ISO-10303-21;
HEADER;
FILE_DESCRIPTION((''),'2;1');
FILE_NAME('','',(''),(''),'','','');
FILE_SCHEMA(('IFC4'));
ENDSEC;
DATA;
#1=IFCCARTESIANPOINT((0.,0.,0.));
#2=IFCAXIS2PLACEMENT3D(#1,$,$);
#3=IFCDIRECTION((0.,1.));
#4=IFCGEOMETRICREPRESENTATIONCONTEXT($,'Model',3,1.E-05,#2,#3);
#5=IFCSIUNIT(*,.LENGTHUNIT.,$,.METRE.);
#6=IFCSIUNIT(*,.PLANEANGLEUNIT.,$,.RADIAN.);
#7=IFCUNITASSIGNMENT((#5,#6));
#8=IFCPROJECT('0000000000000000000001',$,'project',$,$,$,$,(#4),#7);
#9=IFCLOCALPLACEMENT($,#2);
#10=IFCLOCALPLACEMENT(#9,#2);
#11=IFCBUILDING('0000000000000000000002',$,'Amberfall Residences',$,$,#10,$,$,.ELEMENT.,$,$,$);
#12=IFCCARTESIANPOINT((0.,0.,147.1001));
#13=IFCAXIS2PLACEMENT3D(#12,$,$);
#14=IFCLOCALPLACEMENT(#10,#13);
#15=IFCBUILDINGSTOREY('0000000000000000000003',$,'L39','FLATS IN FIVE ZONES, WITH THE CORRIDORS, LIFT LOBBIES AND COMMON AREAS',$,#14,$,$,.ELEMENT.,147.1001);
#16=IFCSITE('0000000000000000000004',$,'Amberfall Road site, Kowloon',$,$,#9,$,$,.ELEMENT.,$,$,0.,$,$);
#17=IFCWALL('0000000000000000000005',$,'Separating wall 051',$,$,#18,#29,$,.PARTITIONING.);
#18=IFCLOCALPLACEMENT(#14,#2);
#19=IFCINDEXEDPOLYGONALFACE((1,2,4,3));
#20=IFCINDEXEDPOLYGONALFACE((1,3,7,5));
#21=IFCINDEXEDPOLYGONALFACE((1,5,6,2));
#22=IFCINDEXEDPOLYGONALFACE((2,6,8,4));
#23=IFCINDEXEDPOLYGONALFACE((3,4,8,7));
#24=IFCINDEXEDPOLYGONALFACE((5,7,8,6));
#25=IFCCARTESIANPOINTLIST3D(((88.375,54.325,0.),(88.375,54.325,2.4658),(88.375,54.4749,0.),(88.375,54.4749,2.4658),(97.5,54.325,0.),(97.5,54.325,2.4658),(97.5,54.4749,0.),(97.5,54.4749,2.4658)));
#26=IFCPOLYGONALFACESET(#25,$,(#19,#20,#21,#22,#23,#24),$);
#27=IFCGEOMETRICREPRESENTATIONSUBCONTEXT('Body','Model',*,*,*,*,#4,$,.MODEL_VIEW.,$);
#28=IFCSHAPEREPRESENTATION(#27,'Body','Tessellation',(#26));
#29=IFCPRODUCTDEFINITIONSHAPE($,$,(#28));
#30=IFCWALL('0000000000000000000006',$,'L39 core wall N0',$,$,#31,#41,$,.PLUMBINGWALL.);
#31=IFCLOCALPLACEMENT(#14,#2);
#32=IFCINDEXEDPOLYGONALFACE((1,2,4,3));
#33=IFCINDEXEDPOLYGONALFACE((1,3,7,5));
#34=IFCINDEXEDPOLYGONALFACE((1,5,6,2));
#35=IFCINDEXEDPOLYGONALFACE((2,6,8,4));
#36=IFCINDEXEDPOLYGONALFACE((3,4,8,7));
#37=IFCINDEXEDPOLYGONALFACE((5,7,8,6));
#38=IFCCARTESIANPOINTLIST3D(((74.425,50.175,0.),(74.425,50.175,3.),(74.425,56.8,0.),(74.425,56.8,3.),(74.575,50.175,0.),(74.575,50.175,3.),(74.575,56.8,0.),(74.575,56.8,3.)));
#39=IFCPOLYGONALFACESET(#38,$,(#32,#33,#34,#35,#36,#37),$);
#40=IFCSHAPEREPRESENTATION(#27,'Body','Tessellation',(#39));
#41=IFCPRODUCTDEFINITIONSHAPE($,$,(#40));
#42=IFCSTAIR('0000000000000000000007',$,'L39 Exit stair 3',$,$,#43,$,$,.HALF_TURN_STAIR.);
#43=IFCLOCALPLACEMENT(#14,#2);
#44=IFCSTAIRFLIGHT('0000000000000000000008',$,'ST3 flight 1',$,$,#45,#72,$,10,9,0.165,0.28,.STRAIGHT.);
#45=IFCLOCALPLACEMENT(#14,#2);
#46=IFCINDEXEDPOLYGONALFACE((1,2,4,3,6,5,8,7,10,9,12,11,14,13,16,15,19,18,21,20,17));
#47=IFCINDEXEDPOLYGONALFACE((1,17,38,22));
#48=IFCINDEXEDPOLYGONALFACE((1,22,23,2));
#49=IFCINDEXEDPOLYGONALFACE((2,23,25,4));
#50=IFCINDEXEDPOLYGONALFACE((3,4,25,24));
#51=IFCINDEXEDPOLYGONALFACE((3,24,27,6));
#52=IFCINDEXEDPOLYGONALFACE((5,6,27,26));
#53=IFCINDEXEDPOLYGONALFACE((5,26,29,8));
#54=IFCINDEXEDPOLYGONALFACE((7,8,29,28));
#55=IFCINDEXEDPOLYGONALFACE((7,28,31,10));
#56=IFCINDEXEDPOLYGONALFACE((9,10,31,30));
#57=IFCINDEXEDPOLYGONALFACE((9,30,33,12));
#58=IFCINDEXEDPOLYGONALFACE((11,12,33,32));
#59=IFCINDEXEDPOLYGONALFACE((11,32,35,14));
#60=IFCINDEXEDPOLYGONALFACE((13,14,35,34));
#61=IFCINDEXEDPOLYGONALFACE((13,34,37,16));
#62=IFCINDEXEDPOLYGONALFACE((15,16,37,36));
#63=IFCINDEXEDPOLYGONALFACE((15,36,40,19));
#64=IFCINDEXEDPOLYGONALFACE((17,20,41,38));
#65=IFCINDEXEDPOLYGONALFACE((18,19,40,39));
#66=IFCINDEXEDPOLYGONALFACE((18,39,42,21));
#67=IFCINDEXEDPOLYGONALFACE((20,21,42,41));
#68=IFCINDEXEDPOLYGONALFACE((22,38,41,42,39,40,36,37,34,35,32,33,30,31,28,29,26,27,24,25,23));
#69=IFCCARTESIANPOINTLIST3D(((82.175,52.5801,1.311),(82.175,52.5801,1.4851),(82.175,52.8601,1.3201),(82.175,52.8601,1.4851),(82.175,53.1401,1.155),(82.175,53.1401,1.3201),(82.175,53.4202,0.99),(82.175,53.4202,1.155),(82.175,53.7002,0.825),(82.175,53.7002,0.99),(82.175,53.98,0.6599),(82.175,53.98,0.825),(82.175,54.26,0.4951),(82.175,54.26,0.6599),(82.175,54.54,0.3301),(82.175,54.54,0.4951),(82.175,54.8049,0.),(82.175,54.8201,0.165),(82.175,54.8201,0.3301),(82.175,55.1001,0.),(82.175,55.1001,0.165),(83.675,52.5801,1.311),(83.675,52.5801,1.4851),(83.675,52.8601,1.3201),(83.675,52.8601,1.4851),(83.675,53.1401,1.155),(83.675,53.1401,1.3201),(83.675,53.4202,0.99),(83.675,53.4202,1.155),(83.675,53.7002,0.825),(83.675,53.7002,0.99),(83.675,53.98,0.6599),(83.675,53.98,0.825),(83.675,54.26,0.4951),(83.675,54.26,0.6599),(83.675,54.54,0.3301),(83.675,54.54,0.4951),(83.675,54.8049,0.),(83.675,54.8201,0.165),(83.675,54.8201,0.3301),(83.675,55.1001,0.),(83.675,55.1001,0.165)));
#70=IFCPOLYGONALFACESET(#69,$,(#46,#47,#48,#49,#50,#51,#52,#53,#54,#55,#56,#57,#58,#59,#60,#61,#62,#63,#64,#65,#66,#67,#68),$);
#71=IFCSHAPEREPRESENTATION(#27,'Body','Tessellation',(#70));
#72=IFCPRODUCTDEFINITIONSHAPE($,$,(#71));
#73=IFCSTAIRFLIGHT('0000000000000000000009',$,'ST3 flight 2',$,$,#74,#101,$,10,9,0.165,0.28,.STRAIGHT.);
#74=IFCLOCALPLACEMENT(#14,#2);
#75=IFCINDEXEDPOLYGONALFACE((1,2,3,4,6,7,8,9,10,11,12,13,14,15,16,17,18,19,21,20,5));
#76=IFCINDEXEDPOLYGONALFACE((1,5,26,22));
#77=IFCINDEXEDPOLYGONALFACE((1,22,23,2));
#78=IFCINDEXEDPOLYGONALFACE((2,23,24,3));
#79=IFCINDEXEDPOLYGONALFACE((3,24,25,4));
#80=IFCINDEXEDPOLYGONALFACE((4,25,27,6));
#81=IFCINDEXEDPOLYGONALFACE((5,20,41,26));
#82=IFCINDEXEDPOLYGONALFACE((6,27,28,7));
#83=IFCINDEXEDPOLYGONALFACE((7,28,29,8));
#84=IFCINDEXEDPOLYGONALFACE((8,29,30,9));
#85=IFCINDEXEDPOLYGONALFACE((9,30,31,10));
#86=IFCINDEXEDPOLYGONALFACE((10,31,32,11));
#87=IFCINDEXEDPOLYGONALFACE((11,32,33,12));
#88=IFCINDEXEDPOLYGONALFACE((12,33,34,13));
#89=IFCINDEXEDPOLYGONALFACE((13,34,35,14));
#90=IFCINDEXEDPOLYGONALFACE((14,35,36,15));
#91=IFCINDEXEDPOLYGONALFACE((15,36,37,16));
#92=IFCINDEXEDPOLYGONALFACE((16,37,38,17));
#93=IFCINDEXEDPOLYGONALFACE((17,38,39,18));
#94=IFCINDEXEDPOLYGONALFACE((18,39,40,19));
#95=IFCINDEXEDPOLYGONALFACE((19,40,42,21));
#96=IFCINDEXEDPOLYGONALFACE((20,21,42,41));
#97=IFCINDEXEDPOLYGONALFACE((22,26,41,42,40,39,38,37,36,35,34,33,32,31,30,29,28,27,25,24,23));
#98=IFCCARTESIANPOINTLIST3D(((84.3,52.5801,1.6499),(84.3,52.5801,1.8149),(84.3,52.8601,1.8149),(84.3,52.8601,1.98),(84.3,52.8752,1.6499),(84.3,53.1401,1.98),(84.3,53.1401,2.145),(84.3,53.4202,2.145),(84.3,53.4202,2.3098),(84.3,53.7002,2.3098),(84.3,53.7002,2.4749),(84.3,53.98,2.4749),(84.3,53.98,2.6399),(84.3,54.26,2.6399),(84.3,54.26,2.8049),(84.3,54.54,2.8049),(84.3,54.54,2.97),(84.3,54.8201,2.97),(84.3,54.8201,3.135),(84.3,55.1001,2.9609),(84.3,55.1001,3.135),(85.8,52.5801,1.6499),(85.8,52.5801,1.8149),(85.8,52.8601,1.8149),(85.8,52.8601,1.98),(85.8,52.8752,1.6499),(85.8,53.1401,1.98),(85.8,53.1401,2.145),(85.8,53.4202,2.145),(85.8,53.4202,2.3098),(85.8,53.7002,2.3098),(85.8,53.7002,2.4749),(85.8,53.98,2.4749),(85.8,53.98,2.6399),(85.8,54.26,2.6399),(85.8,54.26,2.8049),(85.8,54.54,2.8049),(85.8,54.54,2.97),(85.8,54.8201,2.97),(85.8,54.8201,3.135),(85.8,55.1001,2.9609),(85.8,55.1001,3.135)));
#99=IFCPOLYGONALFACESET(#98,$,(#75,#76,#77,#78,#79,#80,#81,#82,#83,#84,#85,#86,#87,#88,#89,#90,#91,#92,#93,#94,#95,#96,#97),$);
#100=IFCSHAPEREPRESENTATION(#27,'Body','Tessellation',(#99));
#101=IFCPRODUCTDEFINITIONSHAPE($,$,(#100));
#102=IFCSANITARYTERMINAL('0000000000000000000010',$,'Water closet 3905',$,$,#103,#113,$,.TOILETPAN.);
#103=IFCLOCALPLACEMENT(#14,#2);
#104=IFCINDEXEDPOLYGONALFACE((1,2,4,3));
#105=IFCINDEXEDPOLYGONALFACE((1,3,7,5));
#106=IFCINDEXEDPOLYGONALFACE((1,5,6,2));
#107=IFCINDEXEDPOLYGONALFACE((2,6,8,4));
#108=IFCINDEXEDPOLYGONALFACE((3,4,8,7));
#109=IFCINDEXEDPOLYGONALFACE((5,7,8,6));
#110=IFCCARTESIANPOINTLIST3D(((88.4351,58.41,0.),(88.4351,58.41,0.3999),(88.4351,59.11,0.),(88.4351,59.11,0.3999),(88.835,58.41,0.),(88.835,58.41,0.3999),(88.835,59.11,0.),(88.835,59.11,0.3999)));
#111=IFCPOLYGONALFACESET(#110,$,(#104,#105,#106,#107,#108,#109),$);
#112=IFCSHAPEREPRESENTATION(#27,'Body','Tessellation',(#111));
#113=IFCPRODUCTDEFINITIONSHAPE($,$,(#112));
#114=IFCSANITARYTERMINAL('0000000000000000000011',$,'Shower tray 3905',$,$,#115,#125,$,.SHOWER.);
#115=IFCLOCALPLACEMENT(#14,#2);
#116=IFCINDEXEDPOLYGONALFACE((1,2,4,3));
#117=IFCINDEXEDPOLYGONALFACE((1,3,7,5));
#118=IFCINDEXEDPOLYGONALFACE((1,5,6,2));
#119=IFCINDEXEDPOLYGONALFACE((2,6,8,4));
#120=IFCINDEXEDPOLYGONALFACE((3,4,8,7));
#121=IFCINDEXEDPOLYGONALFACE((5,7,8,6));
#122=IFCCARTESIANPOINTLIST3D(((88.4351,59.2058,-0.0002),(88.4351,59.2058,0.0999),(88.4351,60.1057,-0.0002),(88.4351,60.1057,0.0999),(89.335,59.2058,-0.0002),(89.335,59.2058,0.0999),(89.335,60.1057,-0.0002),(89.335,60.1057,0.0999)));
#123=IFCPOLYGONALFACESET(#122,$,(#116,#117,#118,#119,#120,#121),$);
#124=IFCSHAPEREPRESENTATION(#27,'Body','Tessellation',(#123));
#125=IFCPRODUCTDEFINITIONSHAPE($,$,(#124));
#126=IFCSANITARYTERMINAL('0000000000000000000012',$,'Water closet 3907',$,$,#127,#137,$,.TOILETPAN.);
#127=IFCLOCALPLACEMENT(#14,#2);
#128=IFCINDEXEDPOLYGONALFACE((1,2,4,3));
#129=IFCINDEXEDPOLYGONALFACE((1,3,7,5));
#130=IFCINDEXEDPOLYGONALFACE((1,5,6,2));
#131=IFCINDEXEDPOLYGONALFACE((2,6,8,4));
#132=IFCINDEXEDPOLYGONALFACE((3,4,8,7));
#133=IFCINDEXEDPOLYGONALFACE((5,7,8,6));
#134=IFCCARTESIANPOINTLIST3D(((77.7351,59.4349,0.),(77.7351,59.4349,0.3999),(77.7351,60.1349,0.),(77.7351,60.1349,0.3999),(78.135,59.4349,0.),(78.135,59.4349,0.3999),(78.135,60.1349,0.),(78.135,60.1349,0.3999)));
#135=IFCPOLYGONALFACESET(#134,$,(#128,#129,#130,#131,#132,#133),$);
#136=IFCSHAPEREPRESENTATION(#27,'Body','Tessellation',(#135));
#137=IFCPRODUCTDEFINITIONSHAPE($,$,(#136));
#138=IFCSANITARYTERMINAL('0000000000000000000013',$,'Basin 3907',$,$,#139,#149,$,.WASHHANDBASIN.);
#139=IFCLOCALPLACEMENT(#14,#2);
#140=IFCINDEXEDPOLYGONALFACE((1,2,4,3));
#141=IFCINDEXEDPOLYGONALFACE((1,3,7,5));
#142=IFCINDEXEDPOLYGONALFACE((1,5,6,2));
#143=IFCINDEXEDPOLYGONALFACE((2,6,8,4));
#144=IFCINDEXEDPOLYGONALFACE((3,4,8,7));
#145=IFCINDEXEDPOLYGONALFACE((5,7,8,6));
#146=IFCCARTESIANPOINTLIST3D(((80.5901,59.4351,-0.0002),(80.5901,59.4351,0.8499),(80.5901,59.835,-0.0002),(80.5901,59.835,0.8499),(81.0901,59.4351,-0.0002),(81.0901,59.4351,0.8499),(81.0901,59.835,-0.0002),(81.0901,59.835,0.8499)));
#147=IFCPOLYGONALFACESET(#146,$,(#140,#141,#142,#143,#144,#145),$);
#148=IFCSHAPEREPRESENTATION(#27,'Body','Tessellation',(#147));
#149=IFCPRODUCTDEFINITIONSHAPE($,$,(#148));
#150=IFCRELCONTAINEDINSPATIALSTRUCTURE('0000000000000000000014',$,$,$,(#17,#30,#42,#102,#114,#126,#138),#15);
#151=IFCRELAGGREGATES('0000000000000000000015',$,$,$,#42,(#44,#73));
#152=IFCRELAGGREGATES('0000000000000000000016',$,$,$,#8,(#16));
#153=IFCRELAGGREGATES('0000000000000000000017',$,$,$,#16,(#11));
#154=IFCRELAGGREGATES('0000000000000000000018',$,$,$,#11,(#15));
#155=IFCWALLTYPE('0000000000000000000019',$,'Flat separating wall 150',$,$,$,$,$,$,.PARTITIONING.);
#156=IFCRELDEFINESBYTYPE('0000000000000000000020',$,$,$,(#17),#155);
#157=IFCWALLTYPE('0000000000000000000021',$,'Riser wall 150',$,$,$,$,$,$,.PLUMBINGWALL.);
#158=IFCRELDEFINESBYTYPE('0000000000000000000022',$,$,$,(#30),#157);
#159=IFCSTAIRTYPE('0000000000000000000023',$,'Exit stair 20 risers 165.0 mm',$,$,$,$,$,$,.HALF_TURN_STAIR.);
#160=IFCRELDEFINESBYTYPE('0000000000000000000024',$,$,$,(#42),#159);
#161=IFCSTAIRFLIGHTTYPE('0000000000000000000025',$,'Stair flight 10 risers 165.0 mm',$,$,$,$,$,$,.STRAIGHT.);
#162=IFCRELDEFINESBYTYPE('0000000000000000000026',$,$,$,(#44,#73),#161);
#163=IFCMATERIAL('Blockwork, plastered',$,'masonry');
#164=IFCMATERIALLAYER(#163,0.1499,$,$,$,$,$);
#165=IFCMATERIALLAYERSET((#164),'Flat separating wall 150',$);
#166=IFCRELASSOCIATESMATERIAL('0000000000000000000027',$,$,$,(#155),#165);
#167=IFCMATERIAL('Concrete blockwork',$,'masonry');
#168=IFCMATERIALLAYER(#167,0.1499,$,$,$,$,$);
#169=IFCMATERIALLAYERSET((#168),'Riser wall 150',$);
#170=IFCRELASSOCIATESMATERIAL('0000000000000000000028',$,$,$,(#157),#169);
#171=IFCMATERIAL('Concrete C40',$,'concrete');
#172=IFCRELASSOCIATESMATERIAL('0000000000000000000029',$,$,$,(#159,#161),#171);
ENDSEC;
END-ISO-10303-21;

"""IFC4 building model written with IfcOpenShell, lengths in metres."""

from ifc_helpers import new_model, si_unit, direction, frame, frame_2d, origin, origin_2d, place, context, subcontext, project, spatial, polyline, rectangle, outline, extrude, material, layer, layer_set, type_object, element, aggregate, save


model = new_model("IFC4")

# Units and contexts
model_context = context("Model", 3, precision=1e-05, world=origin(), true_north=direction((0.0, 1.0)))
body_context = subcontext(model_context, "Body", "Model", "MODEL_VIEW")
ifc_project = project(units=[si_unit("LENGTHUNIT", "METRE"), si_unit("PLANEANGLEUNIT", "RADIAN")], contexts=[model_context])

# Site, building, storey
site_placement = place(None, origin())
site = spatial("IfcSite", under=ifc_project, at=site_placement, Name="Amberfall Road site, Kowloon", CompositionType="ELEMENT", RefElevation=0.0)
building_placement = place(site_placement, origin())
building = spatial("IfcBuilding", under=site, at=building_placement, Name="Amberfall Residences", CompositionType="ELEMENT")
storey_placement = place(building_placement, frame((0.0, 0.0, 147.1001)))
storey = spatial("IfcBuildingStorey", under=building, at=storey_placement, Name="L39", Description="FLATS IN FIVE ZONES, WITH THE CORRIDORS, LIFT LOBBIES AND COMMON AREAS", CompositionType="ELEMENT", Elevation=147.1001)

# Walls
ifc_material_1 = material(Name="Blockwork, plastered", Category="masonry")
ifc_layer_1 = layer(ifc_material_1, 0.1499)
ifc_layer_set_1 = layer_set([ifc_layer_1], Name="Flat separating wall 150")
wall_type_1 = type_object("IfcWallType", Name="Flat separating wall 150", PredefinedType="PARTITIONING", material=ifc_layer_set_1)
wall_1_placement = place(storey_placement, frame((88.375, 54.3999, 0.0), z_axis=(0.0, 0.0, 1.0), x_axis=(1.0, 0.0, 0.0)))
element("IfcWall", 1, at=wall_1_placement, inside=storey, type_object=wall_type_1, Name="Separating wall 051", PredefinedType="PARTITIONING", context=body_context, shape_type="SweptSolid", body=[
    extrude(rectangle(XDim=9.125, YDim=0.1499, at=frame_2d((4.5625, 0.0))), origin(), (0.0, 0.0, 1.0), 2.4658),
])
ifc_material_2 = material(Name="Concrete blockwork", Category="masonry")
ifc_layer_2 = layer(ifc_material_2, 0.1499)
ifc_layer_set_2 = layer_set([ifc_layer_2], Name="Riser wall 150")
wall_type_2 = type_object("IfcWallType", Name="Riser wall 150", PredefinedType="PLUMBINGWALL", material=ifc_layer_set_2)
wall_2_placement = place(storey_placement, frame((74.5, 50.175, 0.0), z_axis=(0.0, 0.0, 1.0), x_axis=(0.0, 1.0, 0.0)))
element("IfcWall", 2, at=wall_2_placement, inside=storey, type_object=wall_type_2, Name="L39 core wall N0", PredefinedType="PLUMBINGWALL", context=body_context, shape_type="SweptSolid", body=[
    extrude(rectangle(XDim=6.625, YDim=0.1499, at=frame_2d((3.3125, 0.0))), origin(), (0.0, 0.0, 1.0), 3.0),
])

# Stair, stair flights
ifc_material_3 = material(Name="Concrete C40", Category="concrete")
stair_type = type_object("IfcStairType", Name="Exit stair 20 risers 165.0 mm", PredefinedType="HALF_TURN_STAIR", material=ifc_material_3)
stair_placement = place(storey_placement, origin())
stair = element("IfcStair", 3, at=stair_placement, inside=storey, type_object=stair_type, Name="L39 Exit stair 3", PredefinedType="HALF_TURN_STAIR")
stair_flight_type = type_object("IfcStairFlightType", Name="Stair flight 10 risers 165.0 mm", PredefinedType="STRAIGHT", material=ifc_material_3)
stair_flight_1_placement = place(storey_placement, frame((82.925, 55.1001, 0.0), z_axis=(0.0, 0.0, 1.0), x_axis=(0.0, -1.0, 0.0)))
stair_flight_1 = element("IfcStairFlight", 4, at=stair_flight_1_placement, type_object=stair_flight_type, Name="ST3 flight 1", NumberOfRisers=10, NumberOfTreads=9, PredefinedType="STRAIGHT", RiserHeight=0.165, TreadLength=0.28, context=body_context, shape_type="SweptSolid", body=[
    extrude(outline(polyline([(0.0, 0.0), (0.0, 0.165), (0.28, 0.165), (0.28, 0.3301), (0.5601, 0.3301), (0.5601, 0.4951), (0.8401, 0.4951), (0.8401, 0.6599), (1.1201, 0.6599), (1.1201, 0.825), (1.3999, 0.825), (1.3999, 0.99), (1.6799, 0.99), (1.6799, 1.155), (1.96, 1.155), (1.96, 1.3201), (2.24, 1.3201), (2.24, 1.4851), (2.52, 1.4851), (2.52, 1.6499), (2.52, 1.311), (0.2952, 0.0), (0.0, 0.0)])), frame((0.0, 0.75, 0.0), z_axis=(0.0, -1.0, 0.0), x_axis=(1.0, 0.0, 0.0)), (0.0, 0.0, 1.0), 1.5),
])
stair_flight_2_placement = place(storey_placement, frame((85.05, 52.5801, 1.6499), z_axis=(0.0, 0.0, 1.0), x_axis=(0.0, 1.0, 0.0)))
stair_flight_2 = element("IfcStairFlight", 5, at=stair_flight_2_placement, type_object=stair_flight_type, Name="ST3 flight 2", NumberOfRisers=10, NumberOfTreads=9, PredefinedType="STRAIGHT", RiserHeight=0.165, TreadLength=0.28, context=body_context, shape_type="SweptSolid", body=[
    extrude(outline(polyline([(0.0, 0.0), (0.0, 0.165), (0.28, 0.165), (0.28, 0.3301), (0.5601, 0.3301), (0.5601, 0.4951), (0.8401, 0.4951), (0.8401, 0.6599), (1.1201, 0.6599), (1.1201, 0.825), (1.3999, 0.825), (1.3999, 0.99), (1.6799, 0.99), (1.6799, 1.155), (1.96, 1.155), (1.96, 1.3201), (2.24, 1.3201), (2.24, 1.4851), (2.52, 1.4851), (2.52, 1.6499), (2.52, 1.311), (0.2952, 0.0), (0.0, 0.0)])), frame((0.0, 0.75, 0.0), z_axis=(0.0, -1.0, 0.0), x_axis=(1.0, 0.0, 0.0)), (0.0, 0.0, 1.0), 1.5),
])
aggregate(stair, [stair_flight_1, stair_flight_2])

# Sanitary terminals
sanitary_terminal_1_placement = place(storey_placement, frame((88.635, 58.76, 0.0), z_axis=(0.0, 0.0, 1.0), x_axis=(1.0, 0.0, 0.0)))
element("IfcSanitaryTerminal", 6, at=sanitary_terminal_1_placement, inside=storey, Name="Water closet 3905", PredefinedType="TOILETPAN", context=body_context, shape_type="SweptSolid", body=[
    extrude(rectangle(XDim=0.3999, YDim=0.7, at=origin_2d()), origin(), (0.0, 0.0, 1.0), 0.3999),
])
sanitary_terminal_2_placement = place(storey_placement, frame((88.885, 59.6558, -0.0002), z_axis=(0.0, 0.0, 1.0), x_axis=(1.0, 0.0, 0.0)))
element("IfcSanitaryTerminal", 7, at=sanitary_terminal_2_placement, inside=storey, Name="Shower tray 3905", PredefinedType="SHOWER", context=body_context, shape_type="SweptSolid", body=[
    extrude(rectangle(XDim=0.8999, YDim=0.8999, at=origin_2d()), origin(), (0.0, 0.0, 1.0), 0.1001),
])
sanitary_terminal_3_placement = place(storey_placement, frame((77.9351, 59.7849, 0.0), z_axis=(0.0, 0.0, 1.0), x_axis=(1.0, 0.0, 0.0)))
element("IfcSanitaryTerminal", 8, at=sanitary_terminal_3_placement, inside=storey, Name="Water closet 3907", PredefinedType="TOILETPAN", context=body_context, shape_type="SweptSolid", body=[
    extrude(rectangle(XDim=0.3999, YDim=0.7, at=origin_2d()), origin(), (0.0, 0.0, 1.0), 0.3999),
])
sanitary_terminal_4_placement = place(storey_placement, frame((80.8401, 59.635, -0.0002), z_axis=(0.0, 0.0, 1.0), x_axis=(1.0, 0.0, 0.0)))
element("IfcSanitaryTerminal", 9, at=sanitary_terminal_4_placement, inside=storey, Name="Basin 3907", PredefinedType="WASHHANDBASIN", context=body_context, shape_type="SweptSolid", body=[
    extrude(rectangle(XDim=0.5, YDim=0.3999, at=origin_2d()), origin(), (0.0, 0.0, 1.0), 0.8501),
])

save(model, "model.ifc")
